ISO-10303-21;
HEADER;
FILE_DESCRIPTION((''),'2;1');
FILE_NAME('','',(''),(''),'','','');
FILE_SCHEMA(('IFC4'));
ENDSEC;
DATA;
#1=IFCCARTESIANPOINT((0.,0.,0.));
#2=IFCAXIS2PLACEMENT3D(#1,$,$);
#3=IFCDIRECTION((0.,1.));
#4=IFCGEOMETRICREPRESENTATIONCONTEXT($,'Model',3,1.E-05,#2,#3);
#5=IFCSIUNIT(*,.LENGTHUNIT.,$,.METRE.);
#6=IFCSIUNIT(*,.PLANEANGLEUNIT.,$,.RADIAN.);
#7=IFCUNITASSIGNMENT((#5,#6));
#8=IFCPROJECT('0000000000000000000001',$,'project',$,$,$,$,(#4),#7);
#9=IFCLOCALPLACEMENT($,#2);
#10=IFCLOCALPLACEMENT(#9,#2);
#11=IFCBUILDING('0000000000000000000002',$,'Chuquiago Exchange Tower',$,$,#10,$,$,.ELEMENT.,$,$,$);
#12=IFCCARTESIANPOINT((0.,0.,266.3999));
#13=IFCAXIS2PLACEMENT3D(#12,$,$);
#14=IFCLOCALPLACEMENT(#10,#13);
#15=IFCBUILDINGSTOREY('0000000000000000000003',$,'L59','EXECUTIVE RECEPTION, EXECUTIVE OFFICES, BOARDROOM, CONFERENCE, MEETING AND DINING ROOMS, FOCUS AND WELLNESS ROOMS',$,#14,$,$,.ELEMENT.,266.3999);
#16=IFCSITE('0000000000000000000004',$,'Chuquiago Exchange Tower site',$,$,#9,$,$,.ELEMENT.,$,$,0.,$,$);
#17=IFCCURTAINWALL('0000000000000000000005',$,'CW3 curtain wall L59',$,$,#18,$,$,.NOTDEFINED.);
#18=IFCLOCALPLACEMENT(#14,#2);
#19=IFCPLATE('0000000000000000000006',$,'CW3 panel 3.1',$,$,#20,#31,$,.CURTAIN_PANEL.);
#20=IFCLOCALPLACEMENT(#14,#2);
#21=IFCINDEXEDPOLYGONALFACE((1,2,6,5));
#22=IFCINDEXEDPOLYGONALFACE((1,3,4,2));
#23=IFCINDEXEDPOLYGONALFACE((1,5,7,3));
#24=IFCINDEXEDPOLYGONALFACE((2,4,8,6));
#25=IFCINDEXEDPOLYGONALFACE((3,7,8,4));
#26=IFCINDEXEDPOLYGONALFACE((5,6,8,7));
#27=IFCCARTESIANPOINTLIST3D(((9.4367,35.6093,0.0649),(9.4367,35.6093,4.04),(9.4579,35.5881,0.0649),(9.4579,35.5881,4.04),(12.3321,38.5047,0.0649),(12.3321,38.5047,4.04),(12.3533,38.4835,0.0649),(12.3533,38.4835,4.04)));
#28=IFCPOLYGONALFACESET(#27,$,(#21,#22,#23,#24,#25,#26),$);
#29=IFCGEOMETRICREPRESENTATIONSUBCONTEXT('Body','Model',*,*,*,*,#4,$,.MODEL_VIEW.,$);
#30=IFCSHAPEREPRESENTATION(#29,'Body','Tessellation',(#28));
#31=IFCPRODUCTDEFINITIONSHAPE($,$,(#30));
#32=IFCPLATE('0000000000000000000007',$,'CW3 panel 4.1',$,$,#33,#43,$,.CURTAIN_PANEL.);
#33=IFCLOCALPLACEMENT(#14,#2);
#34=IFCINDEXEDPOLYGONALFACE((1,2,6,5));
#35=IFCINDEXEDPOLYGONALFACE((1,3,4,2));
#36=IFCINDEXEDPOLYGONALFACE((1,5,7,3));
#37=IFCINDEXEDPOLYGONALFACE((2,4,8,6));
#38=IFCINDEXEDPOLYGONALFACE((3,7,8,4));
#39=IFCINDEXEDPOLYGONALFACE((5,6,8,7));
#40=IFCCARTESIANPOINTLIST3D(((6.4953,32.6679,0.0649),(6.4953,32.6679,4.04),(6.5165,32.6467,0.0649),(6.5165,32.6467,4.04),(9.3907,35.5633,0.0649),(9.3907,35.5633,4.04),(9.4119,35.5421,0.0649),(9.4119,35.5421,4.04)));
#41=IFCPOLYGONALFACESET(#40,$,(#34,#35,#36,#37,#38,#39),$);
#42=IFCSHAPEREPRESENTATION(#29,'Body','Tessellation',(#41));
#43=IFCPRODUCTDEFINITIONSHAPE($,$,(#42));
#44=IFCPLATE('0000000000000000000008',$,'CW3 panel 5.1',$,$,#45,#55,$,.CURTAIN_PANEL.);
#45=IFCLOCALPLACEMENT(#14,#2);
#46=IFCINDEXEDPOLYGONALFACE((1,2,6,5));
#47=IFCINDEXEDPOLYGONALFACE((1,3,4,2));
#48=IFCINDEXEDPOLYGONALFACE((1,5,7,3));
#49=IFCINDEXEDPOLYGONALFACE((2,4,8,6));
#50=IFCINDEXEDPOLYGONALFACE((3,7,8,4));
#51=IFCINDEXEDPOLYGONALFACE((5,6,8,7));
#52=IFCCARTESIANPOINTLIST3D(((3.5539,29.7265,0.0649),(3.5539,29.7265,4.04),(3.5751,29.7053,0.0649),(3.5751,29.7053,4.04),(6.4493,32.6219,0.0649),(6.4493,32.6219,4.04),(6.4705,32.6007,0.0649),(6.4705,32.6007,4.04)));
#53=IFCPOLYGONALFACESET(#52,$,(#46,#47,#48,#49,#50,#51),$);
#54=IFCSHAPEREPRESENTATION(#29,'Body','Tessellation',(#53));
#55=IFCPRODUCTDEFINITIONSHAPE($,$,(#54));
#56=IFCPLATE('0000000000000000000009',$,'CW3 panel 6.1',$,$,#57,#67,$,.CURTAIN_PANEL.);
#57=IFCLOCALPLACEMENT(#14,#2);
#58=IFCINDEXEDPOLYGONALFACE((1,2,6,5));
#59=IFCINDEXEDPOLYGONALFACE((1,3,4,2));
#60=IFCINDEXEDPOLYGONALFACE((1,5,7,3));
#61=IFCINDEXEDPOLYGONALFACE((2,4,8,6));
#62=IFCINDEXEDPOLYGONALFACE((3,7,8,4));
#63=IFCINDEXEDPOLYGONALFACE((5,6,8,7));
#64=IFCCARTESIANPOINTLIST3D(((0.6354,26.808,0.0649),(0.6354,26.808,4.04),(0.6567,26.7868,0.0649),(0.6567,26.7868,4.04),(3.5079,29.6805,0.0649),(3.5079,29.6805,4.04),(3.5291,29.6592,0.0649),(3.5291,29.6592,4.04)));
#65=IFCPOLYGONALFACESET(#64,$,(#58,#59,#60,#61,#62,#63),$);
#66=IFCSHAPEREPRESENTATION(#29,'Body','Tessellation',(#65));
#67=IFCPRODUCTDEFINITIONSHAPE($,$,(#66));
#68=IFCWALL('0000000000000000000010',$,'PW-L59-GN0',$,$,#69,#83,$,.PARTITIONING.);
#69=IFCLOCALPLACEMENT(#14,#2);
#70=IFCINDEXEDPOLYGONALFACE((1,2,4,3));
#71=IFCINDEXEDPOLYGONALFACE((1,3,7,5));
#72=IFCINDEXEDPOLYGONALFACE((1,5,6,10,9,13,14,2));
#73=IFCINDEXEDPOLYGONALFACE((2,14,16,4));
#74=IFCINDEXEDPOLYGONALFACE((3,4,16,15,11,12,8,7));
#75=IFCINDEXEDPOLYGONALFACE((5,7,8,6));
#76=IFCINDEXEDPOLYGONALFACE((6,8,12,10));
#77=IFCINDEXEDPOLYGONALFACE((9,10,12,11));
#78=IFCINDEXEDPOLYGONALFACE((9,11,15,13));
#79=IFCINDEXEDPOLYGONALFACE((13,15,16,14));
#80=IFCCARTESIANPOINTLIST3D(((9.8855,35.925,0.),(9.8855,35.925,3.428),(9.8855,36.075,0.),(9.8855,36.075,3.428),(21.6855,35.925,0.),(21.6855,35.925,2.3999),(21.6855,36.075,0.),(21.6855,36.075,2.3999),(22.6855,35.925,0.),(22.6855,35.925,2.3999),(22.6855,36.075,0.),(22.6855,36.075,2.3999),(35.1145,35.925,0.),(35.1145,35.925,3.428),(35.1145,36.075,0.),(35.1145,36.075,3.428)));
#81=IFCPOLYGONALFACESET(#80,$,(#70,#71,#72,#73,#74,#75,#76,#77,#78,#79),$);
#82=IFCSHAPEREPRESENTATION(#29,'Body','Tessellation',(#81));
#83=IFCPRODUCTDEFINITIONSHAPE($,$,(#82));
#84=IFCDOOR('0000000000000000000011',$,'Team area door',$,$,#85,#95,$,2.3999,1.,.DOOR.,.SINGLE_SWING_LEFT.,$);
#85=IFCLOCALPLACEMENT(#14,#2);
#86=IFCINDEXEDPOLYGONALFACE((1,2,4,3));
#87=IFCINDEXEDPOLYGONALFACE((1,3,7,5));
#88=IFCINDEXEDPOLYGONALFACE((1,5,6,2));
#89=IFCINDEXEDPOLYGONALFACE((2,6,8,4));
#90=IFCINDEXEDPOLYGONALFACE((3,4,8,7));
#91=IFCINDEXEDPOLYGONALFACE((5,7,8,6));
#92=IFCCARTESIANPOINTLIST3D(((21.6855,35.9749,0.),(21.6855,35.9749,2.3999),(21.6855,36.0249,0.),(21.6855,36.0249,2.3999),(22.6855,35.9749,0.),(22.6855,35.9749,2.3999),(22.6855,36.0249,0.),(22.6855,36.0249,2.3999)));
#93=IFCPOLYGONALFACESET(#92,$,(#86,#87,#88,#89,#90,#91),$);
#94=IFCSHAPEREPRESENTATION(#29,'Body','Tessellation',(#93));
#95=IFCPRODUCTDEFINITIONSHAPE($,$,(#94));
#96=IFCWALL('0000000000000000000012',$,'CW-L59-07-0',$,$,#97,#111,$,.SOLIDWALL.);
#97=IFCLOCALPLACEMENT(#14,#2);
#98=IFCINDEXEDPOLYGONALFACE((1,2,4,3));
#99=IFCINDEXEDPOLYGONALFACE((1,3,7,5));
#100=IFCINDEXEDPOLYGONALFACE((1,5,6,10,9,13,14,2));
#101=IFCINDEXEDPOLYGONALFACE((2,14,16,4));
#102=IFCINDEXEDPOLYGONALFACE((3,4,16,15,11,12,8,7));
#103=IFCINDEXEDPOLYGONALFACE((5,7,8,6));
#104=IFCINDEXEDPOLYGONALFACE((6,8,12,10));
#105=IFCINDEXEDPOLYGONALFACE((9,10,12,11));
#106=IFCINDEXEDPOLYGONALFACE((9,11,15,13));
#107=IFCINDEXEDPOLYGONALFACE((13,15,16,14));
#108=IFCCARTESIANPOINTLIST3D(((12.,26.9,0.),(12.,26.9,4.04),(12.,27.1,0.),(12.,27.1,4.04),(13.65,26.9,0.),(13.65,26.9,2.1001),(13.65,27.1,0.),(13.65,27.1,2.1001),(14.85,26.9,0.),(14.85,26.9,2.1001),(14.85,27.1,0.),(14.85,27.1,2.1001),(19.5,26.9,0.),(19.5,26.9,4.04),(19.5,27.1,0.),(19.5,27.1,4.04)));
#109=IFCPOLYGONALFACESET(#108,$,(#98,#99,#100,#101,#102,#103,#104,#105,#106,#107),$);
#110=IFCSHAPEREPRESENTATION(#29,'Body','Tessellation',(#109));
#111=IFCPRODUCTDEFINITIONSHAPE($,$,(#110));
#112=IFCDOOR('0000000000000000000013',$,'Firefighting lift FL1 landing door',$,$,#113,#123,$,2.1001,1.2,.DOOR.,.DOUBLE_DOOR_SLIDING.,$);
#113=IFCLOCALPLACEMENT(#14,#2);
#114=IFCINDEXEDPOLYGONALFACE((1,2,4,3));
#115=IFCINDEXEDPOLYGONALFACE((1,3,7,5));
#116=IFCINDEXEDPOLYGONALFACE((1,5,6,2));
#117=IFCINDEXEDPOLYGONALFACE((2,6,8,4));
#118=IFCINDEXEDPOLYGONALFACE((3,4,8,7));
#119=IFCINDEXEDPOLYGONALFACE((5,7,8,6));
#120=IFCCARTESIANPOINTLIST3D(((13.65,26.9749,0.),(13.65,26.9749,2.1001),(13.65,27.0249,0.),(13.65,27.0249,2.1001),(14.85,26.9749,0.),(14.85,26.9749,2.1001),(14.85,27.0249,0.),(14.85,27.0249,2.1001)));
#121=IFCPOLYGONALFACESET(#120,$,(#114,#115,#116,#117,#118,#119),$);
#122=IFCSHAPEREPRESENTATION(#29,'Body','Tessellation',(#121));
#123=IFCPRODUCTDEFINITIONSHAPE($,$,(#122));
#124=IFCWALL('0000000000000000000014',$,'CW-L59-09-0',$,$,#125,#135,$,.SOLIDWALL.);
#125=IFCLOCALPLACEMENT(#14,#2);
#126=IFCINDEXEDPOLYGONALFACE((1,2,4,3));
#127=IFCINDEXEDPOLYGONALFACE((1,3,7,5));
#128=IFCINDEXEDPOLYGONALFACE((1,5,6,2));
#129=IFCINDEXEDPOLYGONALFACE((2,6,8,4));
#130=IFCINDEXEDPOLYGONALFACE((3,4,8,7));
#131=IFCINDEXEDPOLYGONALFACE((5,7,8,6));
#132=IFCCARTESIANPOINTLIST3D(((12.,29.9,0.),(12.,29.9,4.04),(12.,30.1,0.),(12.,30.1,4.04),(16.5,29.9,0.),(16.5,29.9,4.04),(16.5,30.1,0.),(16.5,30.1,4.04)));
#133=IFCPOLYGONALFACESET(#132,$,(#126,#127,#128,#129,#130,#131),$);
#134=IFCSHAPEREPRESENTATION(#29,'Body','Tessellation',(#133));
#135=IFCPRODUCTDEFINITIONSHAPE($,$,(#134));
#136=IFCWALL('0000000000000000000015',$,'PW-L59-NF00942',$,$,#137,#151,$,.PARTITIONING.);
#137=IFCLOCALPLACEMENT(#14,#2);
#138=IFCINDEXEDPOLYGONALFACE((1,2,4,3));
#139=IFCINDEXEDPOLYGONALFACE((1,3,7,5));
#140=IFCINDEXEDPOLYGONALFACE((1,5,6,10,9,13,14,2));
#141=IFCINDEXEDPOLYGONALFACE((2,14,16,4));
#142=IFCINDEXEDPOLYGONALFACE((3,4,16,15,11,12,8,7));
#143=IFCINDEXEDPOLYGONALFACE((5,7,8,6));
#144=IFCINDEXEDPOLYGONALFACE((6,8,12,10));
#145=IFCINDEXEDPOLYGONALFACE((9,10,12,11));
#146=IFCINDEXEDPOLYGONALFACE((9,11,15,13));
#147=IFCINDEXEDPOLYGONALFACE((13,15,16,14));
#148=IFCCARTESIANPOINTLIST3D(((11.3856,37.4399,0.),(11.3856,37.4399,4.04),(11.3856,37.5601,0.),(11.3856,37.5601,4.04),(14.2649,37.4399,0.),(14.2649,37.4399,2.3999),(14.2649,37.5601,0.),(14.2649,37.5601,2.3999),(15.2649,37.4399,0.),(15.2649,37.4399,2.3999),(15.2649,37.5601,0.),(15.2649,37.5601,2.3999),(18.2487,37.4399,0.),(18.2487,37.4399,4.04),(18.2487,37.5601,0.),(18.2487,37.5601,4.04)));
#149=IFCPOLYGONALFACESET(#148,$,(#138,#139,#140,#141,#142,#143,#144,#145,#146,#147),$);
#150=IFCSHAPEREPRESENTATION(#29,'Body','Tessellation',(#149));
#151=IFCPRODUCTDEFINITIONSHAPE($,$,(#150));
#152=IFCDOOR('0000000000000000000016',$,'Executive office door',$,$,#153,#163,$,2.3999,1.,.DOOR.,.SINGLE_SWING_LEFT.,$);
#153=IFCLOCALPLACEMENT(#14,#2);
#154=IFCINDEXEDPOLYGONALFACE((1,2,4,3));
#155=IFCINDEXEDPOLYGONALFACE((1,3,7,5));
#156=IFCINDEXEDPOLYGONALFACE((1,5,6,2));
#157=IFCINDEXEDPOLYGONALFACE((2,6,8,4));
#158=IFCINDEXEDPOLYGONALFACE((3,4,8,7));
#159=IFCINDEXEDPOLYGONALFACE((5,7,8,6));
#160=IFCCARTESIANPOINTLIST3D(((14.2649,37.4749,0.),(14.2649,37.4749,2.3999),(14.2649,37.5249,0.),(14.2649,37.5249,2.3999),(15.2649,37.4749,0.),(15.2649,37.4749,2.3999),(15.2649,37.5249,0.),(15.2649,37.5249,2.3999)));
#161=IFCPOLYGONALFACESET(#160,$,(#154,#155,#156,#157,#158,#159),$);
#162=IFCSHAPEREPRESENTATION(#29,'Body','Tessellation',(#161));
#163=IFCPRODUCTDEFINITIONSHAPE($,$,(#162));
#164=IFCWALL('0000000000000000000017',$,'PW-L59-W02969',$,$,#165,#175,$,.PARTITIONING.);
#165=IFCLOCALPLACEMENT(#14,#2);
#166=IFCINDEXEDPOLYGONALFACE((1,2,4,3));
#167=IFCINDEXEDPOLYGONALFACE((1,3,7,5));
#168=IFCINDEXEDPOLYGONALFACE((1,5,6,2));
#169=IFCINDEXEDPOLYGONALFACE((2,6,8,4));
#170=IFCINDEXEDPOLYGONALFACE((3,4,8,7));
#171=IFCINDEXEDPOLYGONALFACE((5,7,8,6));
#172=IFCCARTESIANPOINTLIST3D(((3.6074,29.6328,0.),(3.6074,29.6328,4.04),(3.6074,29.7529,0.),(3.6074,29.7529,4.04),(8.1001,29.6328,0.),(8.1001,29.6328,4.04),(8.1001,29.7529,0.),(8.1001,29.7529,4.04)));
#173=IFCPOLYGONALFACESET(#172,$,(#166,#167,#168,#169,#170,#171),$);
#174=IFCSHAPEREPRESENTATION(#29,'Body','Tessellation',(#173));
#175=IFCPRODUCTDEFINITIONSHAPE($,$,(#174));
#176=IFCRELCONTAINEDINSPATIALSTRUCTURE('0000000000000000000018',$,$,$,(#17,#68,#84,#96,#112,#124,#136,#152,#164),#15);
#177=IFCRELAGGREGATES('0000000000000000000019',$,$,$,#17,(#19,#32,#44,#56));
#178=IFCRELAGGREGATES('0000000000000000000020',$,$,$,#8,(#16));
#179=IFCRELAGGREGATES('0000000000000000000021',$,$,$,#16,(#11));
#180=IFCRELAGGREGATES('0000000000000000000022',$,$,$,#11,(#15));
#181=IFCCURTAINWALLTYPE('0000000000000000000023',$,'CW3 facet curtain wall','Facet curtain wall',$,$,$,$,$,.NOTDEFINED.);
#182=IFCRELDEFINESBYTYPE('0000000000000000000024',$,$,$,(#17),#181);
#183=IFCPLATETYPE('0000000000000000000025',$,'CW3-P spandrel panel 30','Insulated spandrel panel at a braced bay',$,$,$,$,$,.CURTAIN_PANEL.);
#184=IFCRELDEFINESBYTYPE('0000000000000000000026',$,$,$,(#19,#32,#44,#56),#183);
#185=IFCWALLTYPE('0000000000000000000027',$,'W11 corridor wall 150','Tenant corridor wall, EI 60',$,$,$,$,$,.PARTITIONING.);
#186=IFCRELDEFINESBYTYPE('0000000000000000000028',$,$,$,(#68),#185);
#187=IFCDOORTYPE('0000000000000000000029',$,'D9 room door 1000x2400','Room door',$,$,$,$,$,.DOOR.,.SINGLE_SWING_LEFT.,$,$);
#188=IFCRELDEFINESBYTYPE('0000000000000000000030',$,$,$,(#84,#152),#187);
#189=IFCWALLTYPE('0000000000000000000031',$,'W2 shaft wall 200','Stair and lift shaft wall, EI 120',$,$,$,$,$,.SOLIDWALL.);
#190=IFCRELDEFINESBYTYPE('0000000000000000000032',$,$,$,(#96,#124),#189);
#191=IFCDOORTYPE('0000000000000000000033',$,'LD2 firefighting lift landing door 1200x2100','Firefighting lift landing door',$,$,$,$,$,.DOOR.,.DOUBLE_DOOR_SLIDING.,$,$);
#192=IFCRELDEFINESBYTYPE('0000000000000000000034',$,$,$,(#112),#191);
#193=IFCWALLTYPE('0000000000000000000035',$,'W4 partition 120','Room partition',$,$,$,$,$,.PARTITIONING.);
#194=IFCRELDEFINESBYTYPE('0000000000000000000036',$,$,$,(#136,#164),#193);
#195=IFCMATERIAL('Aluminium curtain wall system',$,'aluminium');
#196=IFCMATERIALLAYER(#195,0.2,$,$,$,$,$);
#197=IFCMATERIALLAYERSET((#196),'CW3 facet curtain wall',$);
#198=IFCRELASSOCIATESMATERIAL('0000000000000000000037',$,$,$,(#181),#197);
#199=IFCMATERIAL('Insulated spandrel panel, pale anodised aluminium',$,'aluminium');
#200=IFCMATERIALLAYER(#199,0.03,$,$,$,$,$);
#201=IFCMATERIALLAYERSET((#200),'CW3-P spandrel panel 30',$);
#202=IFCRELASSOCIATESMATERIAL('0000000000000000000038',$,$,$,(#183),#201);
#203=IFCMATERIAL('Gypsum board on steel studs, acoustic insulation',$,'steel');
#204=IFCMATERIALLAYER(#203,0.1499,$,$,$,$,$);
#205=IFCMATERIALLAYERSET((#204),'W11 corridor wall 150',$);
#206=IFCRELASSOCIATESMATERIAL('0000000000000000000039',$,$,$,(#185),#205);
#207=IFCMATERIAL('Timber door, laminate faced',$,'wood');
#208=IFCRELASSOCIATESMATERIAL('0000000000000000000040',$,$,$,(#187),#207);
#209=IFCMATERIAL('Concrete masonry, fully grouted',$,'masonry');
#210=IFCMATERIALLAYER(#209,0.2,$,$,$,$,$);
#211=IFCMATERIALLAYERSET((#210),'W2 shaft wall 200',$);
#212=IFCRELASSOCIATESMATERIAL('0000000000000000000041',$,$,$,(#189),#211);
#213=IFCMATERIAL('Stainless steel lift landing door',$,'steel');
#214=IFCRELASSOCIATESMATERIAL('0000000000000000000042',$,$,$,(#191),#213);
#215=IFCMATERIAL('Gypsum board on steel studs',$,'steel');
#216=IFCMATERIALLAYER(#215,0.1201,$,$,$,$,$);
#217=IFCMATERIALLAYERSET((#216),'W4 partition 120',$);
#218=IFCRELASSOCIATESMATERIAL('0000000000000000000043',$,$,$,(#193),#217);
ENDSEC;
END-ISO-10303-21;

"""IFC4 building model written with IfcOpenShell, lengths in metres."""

from ifc_helpers import new_model, si_unit, direction, frame, frame_2d, origin, origin_2d, place, context, subcontext, project, spatial, rectangle, extrude, material, layer, layer_set, type_object, element, fill, aggregate, save


model = new_model("IFC4")

# Units and contexts
model_context = context("Model", 3, precision=1e-05, world=origin(), true_north=direction((0.0, 1.0)))
body_context = subcontext(model_context, "Body", "Model", "MODEL_VIEW")
ifc_project = project(units=[si_unit("LENGTHUNIT", "METRE"), si_unit("PLANEANGLEUNIT", "RADIAN")], contexts=[model_context])

# Site, building, storey
site_placement = place(None, origin())
site = spatial("IfcSite", under=ifc_project, at=site_placement, Name="Chuquiago Exchange Tower site", CompositionType="ELEMENT", RefElevation=0.0)
building_placement = place(site_placement, origin())
building = spatial("IfcBuilding", under=site, at=building_placement, Name="Chuquiago Exchange Tower", CompositionType="ELEMENT")
storey_placement = place(building_placement, frame((0.0, 0.0, 266.3999)))
storey = spatial("IfcBuildingStorey", under=building, at=storey_placement, Name="L59", Description="EXECUTIVE RECEPTION, EXECUTIVE OFFICES, BOARDROOM, CONFERENCE, MEETING AND DINING ROOMS, FOCUS AND WELLNESS ROOMS", CompositionType="ELEMENT", Elevation=266.3999)

# Curtain wall
ifc_material_1 = material(Name="Aluminium curtain wall system", Category="aluminium")
ifc_layer_1 = layer(ifc_material_1, 0.2)
ifc_layer_set_1 = layer_set([ifc_layer_1], Name="CW3 facet curtain wall")
curtain_wall_type = type_object("IfcCurtainWallType", Name="CW3 facet curtain wall", Description="Facet curtain wall", PredefinedType="NOTDEFINED", material=ifc_layer_set_1)
curtain_wall_placement = place(storey_placement, origin())
curtain_wall = element("IfcCurtainWall", 1, at=curtain_wall_placement, inside=storey, type_object=curtain_wall_type, Name="CW3 curtain wall L59", PredefinedType="NOTDEFINED")

# Plates
ifc_material_2 = material(Name="Insulated spandrel panel, pale anodised aluminium", Category="aluminium")
ifc_layer_2 = layer(ifc_material_2, 0.03)
ifc_layer_set_2 = layer_set([ifc_layer_2], Name="CW3-P spandrel panel 30")
plate_type = type_object("IfcPlateType", Name="CW3-P spandrel panel 30", Description="Insulated spandrel panel at a braced bay", PredefinedType="CURTAIN_PANEL", material=ifc_layer_set_2)
plate_1_placement = place(storey_placement, frame((10.895, 37.0464, 0.0649), z_axis=(0.0, 0.0, 1.0), x_axis=(-0.707107, -0.707107, 0.0)))
plate_1 = element("IfcPlate", 2, at=plate_1_placement, type_object=plate_type, Name="CW3 panel 3.1", PredefinedType="CURTAIN_PANEL", context=body_context, shape_type="SweptSolid", body=[
    extrude(rectangle(XDim=4.0947, YDim=0.03, at=origin_2d()), origin(), (0.0, 0.0, 1.0), 3.9751),
])
plate_2_placement = place(storey_placement, frame((7.9536, 34.105, 0.0649), z_axis=(0.0, 0.0, 1.0), x_axis=(-0.707107, -0.707107, 0.0)))
plate_2 = element("IfcPlate", 3, at=plate_2_placement, type_object=plate_type, Name="CW3 panel 4.1", PredefinedType="CURTAIN_PANEL", context=body_context, shape_type="SweptSolid", body=[
    extrude(rectangle(XDim=4.0947, YDim=0.03, at=origin_2d()), origin(), (0.0, 0.0, 1.0), 3.9751),
])
plate_3_placement = place(storey_placement, frame((5.0122, 31.1636, 0.0649), z_axis=(0.0, 0.0, 1.0), x_axis=(-0.707107, -0.707107, 0.0)))
plate_3 = element("IfcPlate", 4, at=plate_3_placement, type_object=plate_type, Name="CW3 panel 5.1", PredefinedType="CURTAIN_PANEL", context=body_context, shape_type="SweptSolid", body=[
    extrude(rectangle(XDim=4.0947, YDim=0.03, at=origin_2d()), origin(), (0.0, 0.0, 1.0), 3.9751),
])
plate_4_placement = place(storey_placement, frame((2.0823, 28.2336, 0.0649), z_axis=(0.0, 0.0, 1.0), x_axis=(-0.707107, -0.707107, 0.0)))
plate_4 = element("IfcPlate", 5, at=plate_4_placement, type_object=plate_type, Name="CW3 panel 6.1", PredefinedType="CURTAIN_PANEL", context=body_context, shape_type="SweptSolid", body=[
    extrude(rectangle(XDim=4.0623, YDim=0.03, at=origin_2d()), origin(), (0.0, 0.0, 1.0), 3.9751),
])
aggregate(curtain_wall, [plate_1, plate_2, plate_3, plate_4])

# Walls, openings, doors
ifc_material_3 = material(Name="Gypsum board on steel studs, acoustic insulation", Category="steel")
ifc_layer_3 = layer(ifc_material_3, 0.1499)
ifc_layer_set_3 = layer_set([ifc_layer_3], Name="W11 corridor wall 150")
wall_type_1 = type_object("IfcWallType", Name="W11 corridor wall 150", Description="Tenant corridor wall, EI 60", PredefinedType="PARTITIONING", material=ifc_layer_set_3)
wall_1_placement = place(storey_placement, frame((9.8855, 36.0, 0.0), z_axis=(0.0, 0.0, 1.0), x_axis=(1.0, 0.0, 0.0)))
wall_1 = element("IfcWall", 6, at=wall_1_placement, inside=storey, type_object=wall_type_1, Name="PW-L59-GN0", PredefinedType="PARTITIONING", context=body_context, shape_type="SweptSolid", body=[
    extrude(rectangle(XDim=25.229, YDim=0.1499, at=frame_2d((12.6145, 0.0))), origin(), (0.0, 0.0, 1.0), 3.428),
])
opening_1_placement = place(wall_1_placement, frame((11.8, 0.0, 0.0)))
opening_1 = element("IfcOpeningElement", 7, at=opening_1_placement, cuts=wall_1, PredefinedType="OPENING", context=body_context, shape_type="SweptSolid", body=[
    extrude(rectangle(XDim=1.0, YDim=2.3999, at=frame_2d((0.5, 1.2))), frame((0.0, 0.085, 0.0), z_axis=(0.0, -1.0, 0.0), x_axis=(1.0, 0.0, 0.0)), (0.0, 0.0, 1.0), 0.1699),
])
ifc_material_4 = material(Name="Timber door, laminate faced", Category="wood")
door_type_1 = type_object("IfcDoorType", Name="D9 room door 1000x2400", Description="Room door", OperationType="SINGLE_SWING_LEFT", PredefinedType="DOOR", material=ifc_material_4)
door_1_placement = place(opening_1_placement, origin())
door_1 = element("IfcDoor", 8, at=door_1_placement, inside=storey, type_object=door_type_1, Name="Team area door", OperationType="SINGLE_SWING_LEFT", OverallHeight=2.3999, OverallWidth=1.0, PredefinedType="DOOR", context=body_context, shape_type="SweptSolid", body=[
    extrude(rectangle(XDim=1.0, YDim=2.3999, at=frame_2d((0.5, 1.2))), frame((0.0, 0.0249, 0.0), z_axis=(0.0, -1.0, 0.0), x_axis=(1.0, 0.0, 0.0)), (0.0, 0.0, 1.0), 0.05),
])
fill(opening_1, door_1)
ifc_material_5 = material(Name="Concrete masonry, fully grouted", Category="masonry")
ifc_layer_4 = layer(ifc_material_5, 0.2)
ifc_layer_set_4 = layer_set([ifc_layer_4], Name="W2 shaft wall 200")
wall_type_2 = type_object("IfcWallType", Name="W2 shaft wall 200", Description="Stair and lift shaft wall, EI 120", PredefinedType="SOLIDWALL", material=ifc_layer_set_4)
wall_2_placement = place(storey_placement, frame((12.0, 27.0, 0.0), z_axis=(0.0, 0.0, 1.0), x_axis=(1.0, 0.0, 0.0)))
wall_2 = element("IfcWall", 9, at=wall_2_placement, inside=storey, type_object=wall_type_2, Name="CW-L59-07-0", PredefinedType="SOLIDWALL", context=body_context, shape_type="SweptSolid", body=[
    extrude(rectangle(XDim=7.5, YDim=0.2, at=frame_2d((3.75, 0.0))), origin(), (0.0, 0.0, 1.0), 4.04),
])
opening_2_placement = place(wall_2_placement, frame((1.6499, 0.0, 0.0)))
opening_2 = element("IfcOpeningElement", 10, at=opening_2_placement, cuts=wall_2, PredefinedType="OPENING", context=body_context, shape_type="SweptSolid", body=[
    extrude(rectangle(XDim=1.2, YDim=2.1001, at=frame_2d((0.6001, 1.05))), frame((0.0, 0.1099, 0.0), z_axis=(0.0, -1.0, 0.0), x_axis=(1.0, 0.0, 0.0)), (0.0, 0.0, 1.0), 0.22),
])
ifc_material_6 = material(Name="Stainless steel lift landing door", Category="steel")
door_type_2 = type_object("IfcDoorType", Name="LD2 firefighting lift landing door 1200x2100", Description="Firefighting lift landing door", OperationType="DOUBLE_DOOR_SLIDING", PredefinedType="DOOR", material=ifc_material_6)
door_2_placement = place(opening_2_placement, origin())
door_2 = element("IfcDoor", 11, at=door_2_placement, inside=storey, type_object=door_type_2, Name="Firefighting lift FL1 landing door", OperationType="DOUBLE_DOOR_SLIDING", OverallHeight=2.1001, OverallWidth=1.2, PredefinedType="DOOR", context=body_context, shape_type="SweptSolid", body=[
    extrude(rectangle(XDim=1.2, YDim=2.1001, at=frame_2d((0.6001, 1.05))), frame((0.0, 0.0249, 0.0), z_axis=(0.0, -1.0, 0.0), x_axis=(1.0, 0.0, 0.0)), (0.0, 0.0, 1.0), 0.05),
])
fill(opening_2, door_2)

# Wall
wall_3_placement = place(storey_placement, frame((12.0, 30.0, 0.0), z_axis=(0.0, 0.0, 1.0), x_axis=(1.0, 0.0, 0.0)))
element("IfcWall", 12, at=wall_3_placement, inside=storey, type_object=wall_type_2, Name="CW-L59-09-0", PredefinedType="SOLIDWALL", context=body_context, shape_type="SweptSolid", body=[
    extrude(rectangle(XDim=4.5, YDim=0.2, at=frame_2d((2.25, 0.0))), origin(), (0.0, 0.0, 1.0), 4.04),
])

# Wall, opening, door
ifc_material_7 = material(Name="Gypsum board on steel studs", Category="steel")
ifc_layer_5 = layer(ifc_material_7, 0.1201)
ifc_layer_set_5 = layer_set([ifc_layer_5], Name="W4 partition 120")
wall_type_3 = type_object("IfcWallType", Name="W4 partition 120", Description="Room partition", PredefinedType="PARTITIONING", material=ifc_layer_set_5)
wall_4_placement = place(storey_placement, frame((11.3855, 37.5, 0.0), z_axis=(0.0, 0.0, 1.0), x_axis=(1.0, 0.0, 0.0)))
wall_4 = element("IfcWall", 13, at=wall_4_placement, inside=storey, type_object=wall_type_3, Name="PW-L59-NF00942", PredefinedType="PARTITIONING", context=body_context, shape_type="SweptSolid", body=[
    extrude(rectangle(XDim=6.863, YDim=0.1201, at=frame_2d((3.4316, 0.0))), origin(), (0.0, 0.0, 1.0), 4.04),
])
opening_3_placement = place(wall_4_placement, frame((2.8794, 0.0, 0.0)))
opening_3 = element("IfcOpeningElement", 14, at=opening_3_placement, cuts=wall_4, PredefinedType="OPENING", context=body_context, shape_type="SweptSolid", body=[
    extrude(rectangle(XDim=1.0, YDim=2.3999, at=frame_2d((0.5, 1.2))), frame((0.0, 0.0701, 0.0), z_axis=(0.0, -1.0, 0.0), x_axis=(1.0, 0.0, 0.0)), (0.0, 0.0, 1.0), 0.1401),
])
door_3_placement = place(opening_3_placement, origin())
door_3 = element("IfcDoor", 15, at=door_3_placement, inside=storey, type_object=door_type_1, Name="Executive office door", OperationType="SINGLE_SWING_LEFT", OverallHeight=2.3999, OverallWidth=1.0, PredefinedType="DOOR", context=body_context, shape_type="SweptSolid", body=[
    extrude(rectangle(XDim=1.0, YDim=2.3999, at=frame_2d((0.5, 1.2))), frame((0.0, 0.0249, 0.0), z_axis=(0.0, -1.0, 0.0), x_axis=(1.0, 0.0, 0.0)), (0.0, 0.0, 1.0), 0.05),
])
fill(opening_3, door_3)

# Wall
wall_5_placement = place(storey_placement, frame((3.6074, 29.6929, 0.0), z_axis=(0.0, 0.0, 1.0), x_axis=(1.0, 0.0, 0.0)))
element("IfcWall", 16, at=wall_5_placement, inside=storey, type_object=wall_type_3, Name="PW-L59-W02969", PredefinedType="PARTITIONING", context=body_context, shape_type="SweptSolid", body=[
    extrude(rectangle(XDim=4.4927, YDim=0.1201, at=frame_2d((2.2463, 0.0))), origin(), (0.0, 0.0, 1.0), 4.04),
])

save(model, "model.ifc")
